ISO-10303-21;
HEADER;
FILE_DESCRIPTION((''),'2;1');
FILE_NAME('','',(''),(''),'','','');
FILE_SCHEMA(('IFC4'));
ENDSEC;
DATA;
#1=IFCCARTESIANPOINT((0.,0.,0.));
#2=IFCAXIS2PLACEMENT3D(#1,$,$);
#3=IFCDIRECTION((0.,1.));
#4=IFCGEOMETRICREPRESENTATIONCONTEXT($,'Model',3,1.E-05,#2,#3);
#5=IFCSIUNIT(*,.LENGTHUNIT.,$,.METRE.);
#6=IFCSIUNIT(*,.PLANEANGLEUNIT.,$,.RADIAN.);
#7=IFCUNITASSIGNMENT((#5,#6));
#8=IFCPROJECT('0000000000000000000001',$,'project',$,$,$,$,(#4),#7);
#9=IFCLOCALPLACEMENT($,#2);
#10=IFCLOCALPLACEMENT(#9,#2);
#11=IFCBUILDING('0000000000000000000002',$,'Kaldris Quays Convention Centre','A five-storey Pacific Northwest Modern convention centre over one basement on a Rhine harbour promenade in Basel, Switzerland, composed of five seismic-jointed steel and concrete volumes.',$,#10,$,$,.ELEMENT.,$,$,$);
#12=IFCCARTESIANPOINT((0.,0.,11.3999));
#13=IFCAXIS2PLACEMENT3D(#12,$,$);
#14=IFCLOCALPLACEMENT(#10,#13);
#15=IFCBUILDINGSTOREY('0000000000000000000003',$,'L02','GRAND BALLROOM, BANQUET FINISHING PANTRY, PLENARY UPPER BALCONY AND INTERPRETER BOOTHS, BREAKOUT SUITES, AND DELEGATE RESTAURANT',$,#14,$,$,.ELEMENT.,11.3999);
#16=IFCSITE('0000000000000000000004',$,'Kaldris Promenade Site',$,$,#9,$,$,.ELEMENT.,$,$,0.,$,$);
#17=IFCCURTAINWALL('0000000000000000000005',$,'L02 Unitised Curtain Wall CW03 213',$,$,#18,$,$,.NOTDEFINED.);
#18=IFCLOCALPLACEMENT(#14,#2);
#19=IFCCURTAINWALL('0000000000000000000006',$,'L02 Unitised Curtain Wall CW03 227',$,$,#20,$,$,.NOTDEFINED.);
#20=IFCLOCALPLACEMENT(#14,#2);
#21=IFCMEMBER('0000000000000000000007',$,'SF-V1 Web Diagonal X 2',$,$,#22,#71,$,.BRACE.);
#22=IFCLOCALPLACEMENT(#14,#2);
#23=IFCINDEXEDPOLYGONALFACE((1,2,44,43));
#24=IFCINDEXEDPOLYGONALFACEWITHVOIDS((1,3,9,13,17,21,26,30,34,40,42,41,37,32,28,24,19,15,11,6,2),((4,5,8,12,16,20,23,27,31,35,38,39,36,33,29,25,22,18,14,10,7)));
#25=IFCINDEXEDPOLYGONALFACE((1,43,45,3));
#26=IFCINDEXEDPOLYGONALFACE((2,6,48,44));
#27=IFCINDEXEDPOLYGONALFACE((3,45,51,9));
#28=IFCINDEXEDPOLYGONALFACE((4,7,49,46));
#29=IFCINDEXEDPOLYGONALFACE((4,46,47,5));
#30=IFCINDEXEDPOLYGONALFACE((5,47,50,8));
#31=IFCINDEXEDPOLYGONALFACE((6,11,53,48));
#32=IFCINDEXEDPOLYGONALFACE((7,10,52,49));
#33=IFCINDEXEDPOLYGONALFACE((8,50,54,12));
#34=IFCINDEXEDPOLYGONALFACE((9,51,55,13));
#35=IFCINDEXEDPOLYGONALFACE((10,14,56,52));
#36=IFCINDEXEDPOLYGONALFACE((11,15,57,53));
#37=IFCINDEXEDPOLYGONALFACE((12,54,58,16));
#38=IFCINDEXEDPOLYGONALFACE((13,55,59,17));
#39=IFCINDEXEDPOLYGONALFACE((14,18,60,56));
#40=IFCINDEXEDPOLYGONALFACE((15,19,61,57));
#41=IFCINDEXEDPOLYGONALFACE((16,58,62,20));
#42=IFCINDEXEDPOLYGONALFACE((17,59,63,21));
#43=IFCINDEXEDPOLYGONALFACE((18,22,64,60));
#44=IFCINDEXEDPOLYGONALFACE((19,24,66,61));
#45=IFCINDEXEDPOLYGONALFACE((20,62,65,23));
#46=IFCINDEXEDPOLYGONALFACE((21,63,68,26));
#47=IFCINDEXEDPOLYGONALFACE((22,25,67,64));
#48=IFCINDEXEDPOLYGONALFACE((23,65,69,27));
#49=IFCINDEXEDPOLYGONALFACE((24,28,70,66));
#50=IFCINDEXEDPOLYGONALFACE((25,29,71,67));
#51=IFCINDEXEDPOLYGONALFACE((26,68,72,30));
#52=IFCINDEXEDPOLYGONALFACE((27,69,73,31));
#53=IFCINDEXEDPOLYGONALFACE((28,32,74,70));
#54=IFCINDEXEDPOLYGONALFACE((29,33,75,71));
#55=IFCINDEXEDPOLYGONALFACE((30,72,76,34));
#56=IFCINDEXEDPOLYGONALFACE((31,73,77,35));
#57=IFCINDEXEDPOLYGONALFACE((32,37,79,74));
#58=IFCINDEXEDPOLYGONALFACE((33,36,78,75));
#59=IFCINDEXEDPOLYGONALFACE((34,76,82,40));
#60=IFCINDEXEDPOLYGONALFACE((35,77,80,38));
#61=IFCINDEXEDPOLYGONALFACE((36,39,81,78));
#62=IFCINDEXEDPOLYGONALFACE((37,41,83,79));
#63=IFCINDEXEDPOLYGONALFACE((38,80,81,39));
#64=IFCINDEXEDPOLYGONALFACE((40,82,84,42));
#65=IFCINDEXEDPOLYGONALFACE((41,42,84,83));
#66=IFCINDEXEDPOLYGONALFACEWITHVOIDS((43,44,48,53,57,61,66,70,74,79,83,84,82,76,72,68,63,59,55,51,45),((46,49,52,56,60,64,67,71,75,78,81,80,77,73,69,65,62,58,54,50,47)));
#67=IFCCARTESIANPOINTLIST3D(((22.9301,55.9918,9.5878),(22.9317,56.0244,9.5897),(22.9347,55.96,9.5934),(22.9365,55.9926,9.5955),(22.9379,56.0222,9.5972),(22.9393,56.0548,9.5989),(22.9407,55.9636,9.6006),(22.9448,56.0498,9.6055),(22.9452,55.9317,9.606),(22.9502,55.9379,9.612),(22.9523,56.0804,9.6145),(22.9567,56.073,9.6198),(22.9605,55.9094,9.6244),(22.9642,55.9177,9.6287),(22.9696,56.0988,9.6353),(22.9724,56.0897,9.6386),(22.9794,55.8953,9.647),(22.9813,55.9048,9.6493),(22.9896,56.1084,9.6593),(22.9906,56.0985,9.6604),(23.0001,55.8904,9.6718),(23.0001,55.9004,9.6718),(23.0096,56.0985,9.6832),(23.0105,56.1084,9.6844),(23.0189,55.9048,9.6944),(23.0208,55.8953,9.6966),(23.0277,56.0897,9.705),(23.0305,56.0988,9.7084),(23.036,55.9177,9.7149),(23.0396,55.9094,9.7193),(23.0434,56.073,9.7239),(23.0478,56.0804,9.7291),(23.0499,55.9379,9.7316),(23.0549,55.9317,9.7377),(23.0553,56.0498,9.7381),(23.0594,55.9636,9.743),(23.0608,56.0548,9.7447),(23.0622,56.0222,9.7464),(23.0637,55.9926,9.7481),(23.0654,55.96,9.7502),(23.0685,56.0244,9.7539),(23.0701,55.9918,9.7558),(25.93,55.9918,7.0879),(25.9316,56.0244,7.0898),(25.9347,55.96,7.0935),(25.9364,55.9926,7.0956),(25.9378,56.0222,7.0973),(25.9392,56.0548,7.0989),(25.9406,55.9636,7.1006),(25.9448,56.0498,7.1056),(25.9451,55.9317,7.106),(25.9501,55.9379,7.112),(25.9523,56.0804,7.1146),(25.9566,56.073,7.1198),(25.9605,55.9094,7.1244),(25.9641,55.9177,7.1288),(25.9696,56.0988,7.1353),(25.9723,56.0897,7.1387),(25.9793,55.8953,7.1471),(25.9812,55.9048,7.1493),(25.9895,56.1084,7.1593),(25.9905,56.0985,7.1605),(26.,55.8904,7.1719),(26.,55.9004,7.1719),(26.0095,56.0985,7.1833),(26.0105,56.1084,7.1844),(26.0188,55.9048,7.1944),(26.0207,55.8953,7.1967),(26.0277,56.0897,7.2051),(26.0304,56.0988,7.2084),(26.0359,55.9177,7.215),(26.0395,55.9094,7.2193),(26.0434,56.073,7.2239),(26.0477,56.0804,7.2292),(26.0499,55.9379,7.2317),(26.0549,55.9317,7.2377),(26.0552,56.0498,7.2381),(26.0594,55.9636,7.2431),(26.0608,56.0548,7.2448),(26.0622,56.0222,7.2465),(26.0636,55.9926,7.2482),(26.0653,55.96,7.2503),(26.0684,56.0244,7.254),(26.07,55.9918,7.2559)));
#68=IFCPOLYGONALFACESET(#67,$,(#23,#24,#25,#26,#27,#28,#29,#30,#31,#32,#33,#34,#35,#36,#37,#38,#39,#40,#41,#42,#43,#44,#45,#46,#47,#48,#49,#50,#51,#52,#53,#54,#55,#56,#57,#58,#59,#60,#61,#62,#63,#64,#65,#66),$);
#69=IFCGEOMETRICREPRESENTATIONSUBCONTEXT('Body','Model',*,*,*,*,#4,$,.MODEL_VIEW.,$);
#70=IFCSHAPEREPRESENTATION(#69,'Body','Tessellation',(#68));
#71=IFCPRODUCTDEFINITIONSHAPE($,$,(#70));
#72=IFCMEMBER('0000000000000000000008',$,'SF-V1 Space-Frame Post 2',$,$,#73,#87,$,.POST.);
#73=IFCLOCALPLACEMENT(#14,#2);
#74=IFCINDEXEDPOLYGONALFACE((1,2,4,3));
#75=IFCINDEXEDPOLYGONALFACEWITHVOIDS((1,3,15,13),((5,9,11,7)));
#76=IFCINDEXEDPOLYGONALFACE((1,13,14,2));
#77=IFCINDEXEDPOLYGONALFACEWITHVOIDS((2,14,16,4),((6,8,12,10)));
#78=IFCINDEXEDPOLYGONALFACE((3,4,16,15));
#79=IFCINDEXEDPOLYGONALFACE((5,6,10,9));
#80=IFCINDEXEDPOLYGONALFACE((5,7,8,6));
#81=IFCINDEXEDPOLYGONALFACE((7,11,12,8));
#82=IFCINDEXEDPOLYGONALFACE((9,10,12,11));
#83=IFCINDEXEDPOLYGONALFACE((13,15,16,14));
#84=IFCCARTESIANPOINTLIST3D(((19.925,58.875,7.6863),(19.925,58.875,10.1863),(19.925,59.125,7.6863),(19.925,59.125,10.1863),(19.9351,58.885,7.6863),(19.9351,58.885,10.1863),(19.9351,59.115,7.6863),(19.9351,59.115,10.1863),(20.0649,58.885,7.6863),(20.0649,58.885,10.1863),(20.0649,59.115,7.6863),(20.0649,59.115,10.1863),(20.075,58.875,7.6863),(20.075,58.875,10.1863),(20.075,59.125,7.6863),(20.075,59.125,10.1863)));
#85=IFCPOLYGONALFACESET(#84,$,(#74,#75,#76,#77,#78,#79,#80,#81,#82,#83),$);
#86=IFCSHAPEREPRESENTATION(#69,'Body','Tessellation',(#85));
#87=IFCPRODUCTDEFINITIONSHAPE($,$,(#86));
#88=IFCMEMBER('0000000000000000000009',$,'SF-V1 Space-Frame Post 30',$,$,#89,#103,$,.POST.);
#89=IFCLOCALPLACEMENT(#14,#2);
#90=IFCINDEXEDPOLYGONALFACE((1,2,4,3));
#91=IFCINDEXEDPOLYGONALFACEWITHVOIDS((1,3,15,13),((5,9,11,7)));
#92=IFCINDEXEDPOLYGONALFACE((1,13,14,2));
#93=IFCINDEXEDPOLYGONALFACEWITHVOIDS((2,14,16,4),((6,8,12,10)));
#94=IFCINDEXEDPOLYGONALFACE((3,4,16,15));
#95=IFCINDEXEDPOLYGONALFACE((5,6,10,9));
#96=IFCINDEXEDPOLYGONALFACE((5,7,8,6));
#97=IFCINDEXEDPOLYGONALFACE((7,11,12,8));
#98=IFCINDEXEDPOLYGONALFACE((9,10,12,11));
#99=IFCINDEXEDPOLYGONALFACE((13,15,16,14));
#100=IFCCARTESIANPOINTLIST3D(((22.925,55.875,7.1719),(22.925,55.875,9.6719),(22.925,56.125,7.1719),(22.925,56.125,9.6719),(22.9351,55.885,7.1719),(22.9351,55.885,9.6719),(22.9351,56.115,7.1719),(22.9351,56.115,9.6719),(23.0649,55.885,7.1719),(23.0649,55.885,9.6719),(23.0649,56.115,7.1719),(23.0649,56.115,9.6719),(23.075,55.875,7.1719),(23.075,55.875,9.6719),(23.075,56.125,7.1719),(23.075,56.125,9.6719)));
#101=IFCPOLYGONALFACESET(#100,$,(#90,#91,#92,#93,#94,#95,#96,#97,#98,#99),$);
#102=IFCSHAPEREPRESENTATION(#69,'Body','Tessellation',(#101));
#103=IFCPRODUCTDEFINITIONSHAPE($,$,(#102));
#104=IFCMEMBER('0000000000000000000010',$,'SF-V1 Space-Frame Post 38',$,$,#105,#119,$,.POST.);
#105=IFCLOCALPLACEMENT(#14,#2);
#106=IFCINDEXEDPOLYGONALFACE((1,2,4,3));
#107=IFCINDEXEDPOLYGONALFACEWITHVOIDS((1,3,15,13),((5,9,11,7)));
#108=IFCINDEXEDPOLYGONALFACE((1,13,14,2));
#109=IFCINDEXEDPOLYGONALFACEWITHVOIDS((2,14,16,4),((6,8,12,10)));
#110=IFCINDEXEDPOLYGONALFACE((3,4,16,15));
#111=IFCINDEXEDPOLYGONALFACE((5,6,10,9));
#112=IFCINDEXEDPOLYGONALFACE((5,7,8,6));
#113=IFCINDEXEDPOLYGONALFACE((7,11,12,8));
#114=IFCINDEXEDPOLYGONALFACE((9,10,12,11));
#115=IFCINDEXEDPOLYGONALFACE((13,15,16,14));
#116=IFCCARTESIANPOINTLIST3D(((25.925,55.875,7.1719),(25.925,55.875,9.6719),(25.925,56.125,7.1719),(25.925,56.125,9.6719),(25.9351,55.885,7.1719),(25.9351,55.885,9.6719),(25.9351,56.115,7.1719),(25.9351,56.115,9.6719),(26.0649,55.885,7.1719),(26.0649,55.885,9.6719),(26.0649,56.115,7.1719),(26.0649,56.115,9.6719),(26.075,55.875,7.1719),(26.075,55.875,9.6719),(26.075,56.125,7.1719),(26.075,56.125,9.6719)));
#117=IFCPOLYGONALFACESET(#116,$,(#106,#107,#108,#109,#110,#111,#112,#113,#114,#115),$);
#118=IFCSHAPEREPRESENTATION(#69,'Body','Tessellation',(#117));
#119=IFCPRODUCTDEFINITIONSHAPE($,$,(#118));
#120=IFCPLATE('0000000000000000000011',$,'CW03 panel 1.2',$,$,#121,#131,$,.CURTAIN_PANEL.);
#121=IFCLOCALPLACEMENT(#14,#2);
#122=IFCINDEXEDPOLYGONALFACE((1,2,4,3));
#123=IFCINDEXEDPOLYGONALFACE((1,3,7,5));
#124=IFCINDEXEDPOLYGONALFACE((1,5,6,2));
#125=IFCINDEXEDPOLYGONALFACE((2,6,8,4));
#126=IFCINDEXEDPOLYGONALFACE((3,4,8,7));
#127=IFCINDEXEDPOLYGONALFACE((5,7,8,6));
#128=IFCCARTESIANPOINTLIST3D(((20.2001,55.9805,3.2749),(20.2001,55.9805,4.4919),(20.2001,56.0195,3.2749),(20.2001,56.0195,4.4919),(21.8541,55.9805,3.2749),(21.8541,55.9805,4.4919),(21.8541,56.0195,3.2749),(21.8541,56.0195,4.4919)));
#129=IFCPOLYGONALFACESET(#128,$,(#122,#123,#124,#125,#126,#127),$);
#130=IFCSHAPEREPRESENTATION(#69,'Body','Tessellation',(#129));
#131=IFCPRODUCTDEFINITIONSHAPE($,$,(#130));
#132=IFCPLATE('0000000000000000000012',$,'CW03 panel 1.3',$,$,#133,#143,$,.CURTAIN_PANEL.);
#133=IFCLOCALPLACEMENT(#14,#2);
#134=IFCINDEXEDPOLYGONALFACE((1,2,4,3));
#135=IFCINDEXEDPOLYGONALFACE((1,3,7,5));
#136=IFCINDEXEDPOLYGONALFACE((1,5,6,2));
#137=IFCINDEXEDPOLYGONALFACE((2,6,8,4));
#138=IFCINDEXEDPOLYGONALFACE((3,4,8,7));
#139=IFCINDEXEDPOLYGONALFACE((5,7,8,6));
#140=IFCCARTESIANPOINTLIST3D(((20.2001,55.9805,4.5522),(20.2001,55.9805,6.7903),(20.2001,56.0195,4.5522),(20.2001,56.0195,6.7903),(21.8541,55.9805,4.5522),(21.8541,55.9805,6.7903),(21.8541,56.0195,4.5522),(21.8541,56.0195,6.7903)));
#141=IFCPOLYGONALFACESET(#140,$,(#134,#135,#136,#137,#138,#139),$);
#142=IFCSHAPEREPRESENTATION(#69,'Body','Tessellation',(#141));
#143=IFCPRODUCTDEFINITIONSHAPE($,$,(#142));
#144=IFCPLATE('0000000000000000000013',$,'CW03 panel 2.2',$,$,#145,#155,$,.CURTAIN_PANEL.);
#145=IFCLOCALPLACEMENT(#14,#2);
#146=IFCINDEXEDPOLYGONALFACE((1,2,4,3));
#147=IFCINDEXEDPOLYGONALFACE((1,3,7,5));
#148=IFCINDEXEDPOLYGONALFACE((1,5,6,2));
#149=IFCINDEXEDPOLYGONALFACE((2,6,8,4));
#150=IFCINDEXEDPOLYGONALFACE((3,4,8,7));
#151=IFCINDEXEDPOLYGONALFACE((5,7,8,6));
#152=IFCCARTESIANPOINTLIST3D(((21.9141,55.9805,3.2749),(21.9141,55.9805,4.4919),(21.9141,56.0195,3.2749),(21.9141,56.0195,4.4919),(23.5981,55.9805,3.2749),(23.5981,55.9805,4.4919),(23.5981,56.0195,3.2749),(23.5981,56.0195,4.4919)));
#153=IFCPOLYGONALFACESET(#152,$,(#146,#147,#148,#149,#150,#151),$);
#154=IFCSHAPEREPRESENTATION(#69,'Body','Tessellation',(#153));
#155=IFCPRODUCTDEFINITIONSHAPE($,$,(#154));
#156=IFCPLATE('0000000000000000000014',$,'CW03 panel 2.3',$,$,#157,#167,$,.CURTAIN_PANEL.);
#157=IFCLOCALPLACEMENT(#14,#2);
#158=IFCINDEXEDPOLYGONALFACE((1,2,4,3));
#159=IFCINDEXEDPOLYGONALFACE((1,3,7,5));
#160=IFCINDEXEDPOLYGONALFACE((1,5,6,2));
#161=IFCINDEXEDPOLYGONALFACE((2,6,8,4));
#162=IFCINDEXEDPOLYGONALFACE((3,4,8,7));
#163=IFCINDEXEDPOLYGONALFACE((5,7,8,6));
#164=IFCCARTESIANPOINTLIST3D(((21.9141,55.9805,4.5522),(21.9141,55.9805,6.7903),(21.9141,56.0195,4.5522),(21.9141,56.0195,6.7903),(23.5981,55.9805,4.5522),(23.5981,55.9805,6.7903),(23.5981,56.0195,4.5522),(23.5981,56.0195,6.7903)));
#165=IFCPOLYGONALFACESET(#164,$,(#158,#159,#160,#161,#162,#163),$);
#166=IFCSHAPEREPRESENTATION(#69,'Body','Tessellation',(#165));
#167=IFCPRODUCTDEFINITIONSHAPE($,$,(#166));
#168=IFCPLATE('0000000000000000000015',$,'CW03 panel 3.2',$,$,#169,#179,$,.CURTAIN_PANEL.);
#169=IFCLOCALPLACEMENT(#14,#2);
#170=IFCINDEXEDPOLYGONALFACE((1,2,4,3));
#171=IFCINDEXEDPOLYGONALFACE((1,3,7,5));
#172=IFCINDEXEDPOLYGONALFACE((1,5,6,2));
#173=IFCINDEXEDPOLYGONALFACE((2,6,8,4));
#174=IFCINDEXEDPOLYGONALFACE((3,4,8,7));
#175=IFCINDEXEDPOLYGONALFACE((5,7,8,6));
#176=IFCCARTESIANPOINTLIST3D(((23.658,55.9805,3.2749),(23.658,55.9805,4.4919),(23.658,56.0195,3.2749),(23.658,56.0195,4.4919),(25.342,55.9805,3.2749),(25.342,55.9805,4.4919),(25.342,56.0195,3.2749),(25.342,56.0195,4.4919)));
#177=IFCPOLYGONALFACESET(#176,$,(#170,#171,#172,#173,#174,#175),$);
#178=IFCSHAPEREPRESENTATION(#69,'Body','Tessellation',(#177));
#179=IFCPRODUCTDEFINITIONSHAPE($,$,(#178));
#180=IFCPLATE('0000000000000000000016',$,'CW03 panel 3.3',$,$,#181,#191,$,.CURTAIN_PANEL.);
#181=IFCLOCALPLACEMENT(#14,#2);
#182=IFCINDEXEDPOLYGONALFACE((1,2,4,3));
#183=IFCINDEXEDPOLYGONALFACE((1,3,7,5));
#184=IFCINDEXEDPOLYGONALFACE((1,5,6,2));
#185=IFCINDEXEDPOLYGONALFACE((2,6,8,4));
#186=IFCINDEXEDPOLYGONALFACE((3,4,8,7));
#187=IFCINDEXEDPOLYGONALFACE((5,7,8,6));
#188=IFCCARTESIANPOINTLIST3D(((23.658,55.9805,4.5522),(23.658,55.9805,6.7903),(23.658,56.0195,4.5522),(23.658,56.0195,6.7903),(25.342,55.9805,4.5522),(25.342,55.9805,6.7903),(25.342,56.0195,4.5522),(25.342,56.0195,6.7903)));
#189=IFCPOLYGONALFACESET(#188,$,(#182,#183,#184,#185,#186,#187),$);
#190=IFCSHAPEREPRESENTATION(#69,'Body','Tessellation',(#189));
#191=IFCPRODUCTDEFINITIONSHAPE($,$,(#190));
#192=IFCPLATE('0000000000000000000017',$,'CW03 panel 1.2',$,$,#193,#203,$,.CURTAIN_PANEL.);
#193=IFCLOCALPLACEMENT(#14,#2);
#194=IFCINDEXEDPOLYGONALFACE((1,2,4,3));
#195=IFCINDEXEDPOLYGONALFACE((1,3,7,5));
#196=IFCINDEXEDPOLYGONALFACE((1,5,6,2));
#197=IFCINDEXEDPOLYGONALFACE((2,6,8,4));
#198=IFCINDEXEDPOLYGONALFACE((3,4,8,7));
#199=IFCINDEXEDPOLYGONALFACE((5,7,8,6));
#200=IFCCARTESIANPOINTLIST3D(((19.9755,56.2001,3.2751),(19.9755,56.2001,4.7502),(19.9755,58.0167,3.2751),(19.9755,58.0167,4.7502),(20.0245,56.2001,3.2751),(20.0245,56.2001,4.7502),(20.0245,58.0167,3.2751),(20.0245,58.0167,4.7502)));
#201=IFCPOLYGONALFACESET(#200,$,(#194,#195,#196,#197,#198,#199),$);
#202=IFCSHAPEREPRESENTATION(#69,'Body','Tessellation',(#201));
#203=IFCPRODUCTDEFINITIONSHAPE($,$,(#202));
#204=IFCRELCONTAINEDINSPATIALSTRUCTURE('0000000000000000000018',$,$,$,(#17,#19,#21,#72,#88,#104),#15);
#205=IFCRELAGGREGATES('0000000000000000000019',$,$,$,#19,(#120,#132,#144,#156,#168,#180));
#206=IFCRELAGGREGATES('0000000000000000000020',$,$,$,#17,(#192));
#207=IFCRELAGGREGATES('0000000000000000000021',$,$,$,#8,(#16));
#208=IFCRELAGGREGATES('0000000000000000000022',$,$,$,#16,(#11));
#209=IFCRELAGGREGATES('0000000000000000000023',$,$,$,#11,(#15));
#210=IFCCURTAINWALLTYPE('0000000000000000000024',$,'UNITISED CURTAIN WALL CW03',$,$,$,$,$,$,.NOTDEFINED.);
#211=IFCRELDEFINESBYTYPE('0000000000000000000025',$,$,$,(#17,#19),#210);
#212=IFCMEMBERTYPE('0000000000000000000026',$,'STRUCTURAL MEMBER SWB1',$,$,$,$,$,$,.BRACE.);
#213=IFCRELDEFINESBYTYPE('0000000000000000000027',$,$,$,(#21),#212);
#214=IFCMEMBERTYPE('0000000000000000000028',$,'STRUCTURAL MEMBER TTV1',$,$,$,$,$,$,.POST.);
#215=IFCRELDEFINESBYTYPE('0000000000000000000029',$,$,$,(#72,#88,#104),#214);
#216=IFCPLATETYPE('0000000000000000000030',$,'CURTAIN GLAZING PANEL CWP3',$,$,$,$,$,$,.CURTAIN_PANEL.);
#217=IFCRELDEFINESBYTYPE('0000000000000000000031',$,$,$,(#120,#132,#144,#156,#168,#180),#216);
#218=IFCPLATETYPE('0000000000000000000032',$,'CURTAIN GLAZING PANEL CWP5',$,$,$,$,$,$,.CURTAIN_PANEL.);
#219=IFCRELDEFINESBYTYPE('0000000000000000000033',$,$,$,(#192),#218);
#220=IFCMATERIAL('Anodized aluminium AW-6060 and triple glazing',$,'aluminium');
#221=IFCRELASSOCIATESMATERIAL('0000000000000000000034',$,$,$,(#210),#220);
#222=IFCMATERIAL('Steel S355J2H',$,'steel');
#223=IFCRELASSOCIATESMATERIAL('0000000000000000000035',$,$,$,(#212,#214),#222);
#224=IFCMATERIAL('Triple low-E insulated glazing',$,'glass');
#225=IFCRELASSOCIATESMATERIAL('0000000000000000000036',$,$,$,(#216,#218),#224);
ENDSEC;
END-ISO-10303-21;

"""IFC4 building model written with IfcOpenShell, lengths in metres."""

from ifc_helpers import new_model, si_unit, direction, frame, origin, origin_2d, place, context, subcontext, project, spatial, rectangle, hollow_rectangle, hollow_circle, extrude, material, material_profile, profile_set, type_object, element, aggregate, save


model = new_model("IFC4")

# Units and contexts
model_context = context("Model", 3, precision=1e-05, world=origin(), true_north=direction((0.0, 1.0)))
body_context = subcontext(model_context, "Body", "Model", "MODEL_VIEW")
ifc_project = project(units=[si_unit("LENGTHUNIT", "METRE"), si_unit("PLANEANGLEUNIT", "RADIAN")], contexts=[model_context])

# Site, building, storey
site_placement = place(None, origin())
site = spatial("IfcSite", under=ifc_project, at=site_placement, Name="Kaldris Promenade Site", CompositionType="ELEMENT", RefElevation=0.0)
building_placement = place(site_placement, origin())
building = spatial("IfcBuilding", under=site, at=building_placement, Name="Kaldris Quays Convention Centre", Description="A five-storey Pacific Northwest Modern convention centre over one basement on a Rhine harbour promenade in Basel, Switzerland, composed of five seismic-jointed steel and concrete volumes.", CompositionType="ELEMENT")
storey_placement = place(building_placement, frame((0.0, 0.0, 11.3999)))
storey = spatial("IfcBuildingStorey", under=building, at=storey_placement, Name="L02", Description="GRAND BALLROOM, BANQUET FINISHING PANTRY, PLENARY UPPER BALCONY AND INTERPRETER BOOTHS, BREAKOUT SUITES, AND DELEGATE RESTAURANT", CompositionType="ELEMENT", Elevation=11.3999)

# Curtain walls
ifc_material_1 = material(Name="Anodized aluminium AW-6060 and triple glazing", Category="aluminium")
curtain_wall_type = type_object("IfcCurtainWallType", Name="UNITISED CURTAIN WALL CW03", PredefinedType="NOTDEFINED", material=ifc_material_1)
curtain_wall_1_placement = place(storey_placement, origin())
curtain_wall_1 = element("IfcCurtainWall", 1, at=curtain_wall_1_placement, inside=storey, type_object=curtain_wall_type, Name="L02 Unitised Curtain Wall CW03 213", PredefinedType="NOTDEFINED")
curtain_wall_2_placement = place(storey_placement, origin())
curtain_wall_2 = element("IfcCurtainWall", 2, at=curtain_wall_2_placement, inside=storey, type_object=curtain_wall_type, Name="L02 Unitised Curtain Wall CW03 227", PredefinedType="NOTDEFINED")

# Members
ifc_material_2 = material(Name="Steel S355J2H", Category="steel")
ifc_material_profile_1 = material_profile(ifc_material_2, hollow_circle(Radius=0.1096, WallThickness=0.01, at=origin_2d()), Name="CHS 219.1x10")
ifc_profile_set_1 = profile_set([ifc_material_profile_1], Name="Steel S355J2H")
member_type_1 = type_object("IfcMemberType", Name="STRUCTURAL MEMBER SWB1", PredefinedType="BRACE", material=ifc_profile_set_1)
member_1_placement = place(storey_placement, frame((26.0, 56.0, 7.1719), z_axis=(-0.768221, 0.0, 0.640184), x_axis=(0.0, -1.0, 0.0)))
element("IfcMember", 3, at=member_1_placement, inside=storey, type_object=member_type_1, Name="SF-V1 Web Diagonal X 2", PredefinedType="BRACE", context=body_context, shape_type="SweptSolid", body=[
    extrude(hollow_circle(Radius=0.1096, WallThickness=0.01, at=origin_2d()), origin(), (0.0, 0.0, 1.0), 3.905),
])
ifc_material_profile_2 = material_profile(ifc_material_2, hollow_rectangle(XDim=0.1499, YDim=0.25, WallThickness=0.01, at=origin_2d()), Name="RHS 250x150x10")
ifc_profile_set_2 = profile_set([ifc_material_profile_2], Name="Steel S355J2H")
member_type_2 = type_object("IfcMemberType", Name="STRUCTURAL MEMBER TTV1", PredefinedType="POST", material=ifc_profile_set_2)
for number, where, z_axis, x_axis, name in (
    (4, (20.0, 59.0, 7.6863), (0.0, 0.0, 1.0), (1.0, 0.0, 0.0), "SF-V1 Space-Frame Post 2"),
    (5, (23.0, 56.0, 7.1719), (0.0, 0.0, 1.0), (1.0, 0.0, 0.0), "SF-V1 Space-Frame Post 30"),
    (6, (26.0, 56.0, 7.1719), (0.0, 0.0, 1.0), (1.0, 0.0, 0.0), "SF-V1 Space-Frame Post 38"),
):
    element("IfcMember", number, at=place(storey_placement, frame(where, z_axis=z_axis, x_axis=x_axis)), inside=storey, type_object=member_type_2, Name=name, PredefinedType="POST", context=body_context, shape_type="SweptSolid", body=[
        extrude(hollow_rectangle(XDim=0.1499, YDim=0.25, WallThickness=0.01, at=origin_2d()), origin(), (0.0, 0.0, 1.0), 2.5),
    ])

# Plates
ifc_material_3 = material(Name="Triple low-E insulated glazing", Category="glass")
plate_type_1 = type_object("IfcPlateType", Name="CURTAIN GLAZING PANEL CWP3", PredefinedType="CURTAIN_PANEL", material=ifc_material_3)
plate_1_placement = place(storey_placement, frame((21.0271, 56.0, 3.2749), z_axis=(0.0, 0.0, 1.0), x_axis=(1.0, 0.0, 0.0)))
plate_1 = element("IfcPlate", 7, at=plate_1_placement, type_object=plate_type_1, Name="CW03 panel 1.2", PredefinedType="CURTAIN_PANEL", context=body_context, shape_type="SweptSolid", body=[
    extrude(rectangle(XDim=1.6541, YDim=0.0391, at=origin_2d()), origin(), (0.0, 0.0, 1.0), 1.217),
])
plate_2_placement = place(storey_placement, frame((21.0271, 56.0, 4.5522), z_axis=(0.0, 0.0, 1.0), x_axis=(1.0, 0.0, 0.0)))
plate_2 = element("IfcPlate", 8, at=plate_2_placement, type_object=plate_type_1, Name="CW03 panel 1.3", PredefinedType="CURTAIN_PANEL", context=body_context, shape_type="SweptSolid", body=[
    extrude(rectangle(XDim=1.6541, YDim=0.0391, at=origin_2d()), origin(), (0.0, 0.0, 1.0), 2.238),
])
plate_3_placement = place(storey_placement, frame((22.7561, 56.0, 3.2749), z_axis=(0.0, 0.0, 1.0), x_axis=(1.0, 0.0, 0.0)))
plate_3 = element("IfcPlate", 9, at=plate_3_placement, type_object=plate_type_1, Name="CW03 panel 2.2", PredefinedType="CURTAIN_PANEL", context=body_context, shape_type="SweptSolid", body=[
    extrude(rectangle(XDim=1.6841, YDim=0.0391, at=origin_2d()), origin(), (0.0, 0.0, 1.0), 1.217),
])
plate_4_placement = place(storey_placement, frame((22.7561, 56.0, 4.5522), z_axis=(0.0, 0.0, 1.0), x_axis=(1.0, 0.0, 0.0)))
plate_4 = element("IfcPlate", 10, at=plate_4_placement, type_object=plate_type_1, Name="CW03 panel 2.3", PredefinedType="CURTAIN_PANEL", context=body_context, shape_type="SweptSolid", body=[
    extrude(rectangle(XDim=1.6841, YDim=0.0391, at=origin_2d()), origin(), (0.0, 0.0, 1.0), 2.238),
])
plate_5_placement = place(storey_placement, frame((24.5, 56.0, 3.2749), z_axis=(0.0, 0.0, 1.0), x_axis=(1.0, 0.0, 0.0)))
plate_5 = element("IfcPlate", 11, at=plate_5_placement, type_object=plate_type_1, Name="CW03 panel 3.2", PredefinedType="CURTAIN_PANEL", context=body_context, shape_type="SweptSolid", body=[
    extrude(rectangle(XDim=1.6841, YDim=0.0391, at=origin_2d()), origin(), (0.0, 0.0, 1.0), 1.217),
])
plate_6_placement = place(storey_placement, frame((24.5, 56.0, 4.5522), z_axis=(0.0, 0.0, 1.0), x_axis=(1.0, 0.0, 0.0)))
plate_6 = element("IfcPlate", 12, at=plate_6_placement, type_object=plate_type_1, Name="CW03 panel 3.3", PredefinedType="CURTAIN_PANEL", context=body_context, shape_type="SweptSolid", body=[
    extrude(rectangle(XDim=1.6841, YDim=0.0391, at=origin_2d()), origin(), (0.0, 0.0, 1.0), 2.238),
])
aggregate(curtain_wall_2, [plate_1, plate_2, plate_3, plate_4, plate_5, plate_6])
plate_type_2 = type_object("IfcPlateType", Name="CURTAIN GLAZING PANEL CWP5", PredefinedType="CURTAIN_PANEL", material=ifc_material_3)
plate_7_placement = place(storey_placement, frame((20.0, 57.1084, 3.2751), z_axis=(0.0, 0.0, 1.0), x_axis=(0.0, 1.0, 0.0)))
plate_7 = element("IfcPlate", 13, at=plate_7_placement, type_object=plate_type_2, Name="CW03 panel 1.2", PredefinedType="CURTAIN_PANEL", context=body_context, shape_type="SweptSolid", body=[
    extrude(rectangle(XDim=1.8167, YDim=0.0491, at=origin_2d()), origin(), (0.0, 0.0, 1.0), 1.4751),
])
aggregate(curtain_wall_1, [plate_7])

save(model, "model.ifc")
